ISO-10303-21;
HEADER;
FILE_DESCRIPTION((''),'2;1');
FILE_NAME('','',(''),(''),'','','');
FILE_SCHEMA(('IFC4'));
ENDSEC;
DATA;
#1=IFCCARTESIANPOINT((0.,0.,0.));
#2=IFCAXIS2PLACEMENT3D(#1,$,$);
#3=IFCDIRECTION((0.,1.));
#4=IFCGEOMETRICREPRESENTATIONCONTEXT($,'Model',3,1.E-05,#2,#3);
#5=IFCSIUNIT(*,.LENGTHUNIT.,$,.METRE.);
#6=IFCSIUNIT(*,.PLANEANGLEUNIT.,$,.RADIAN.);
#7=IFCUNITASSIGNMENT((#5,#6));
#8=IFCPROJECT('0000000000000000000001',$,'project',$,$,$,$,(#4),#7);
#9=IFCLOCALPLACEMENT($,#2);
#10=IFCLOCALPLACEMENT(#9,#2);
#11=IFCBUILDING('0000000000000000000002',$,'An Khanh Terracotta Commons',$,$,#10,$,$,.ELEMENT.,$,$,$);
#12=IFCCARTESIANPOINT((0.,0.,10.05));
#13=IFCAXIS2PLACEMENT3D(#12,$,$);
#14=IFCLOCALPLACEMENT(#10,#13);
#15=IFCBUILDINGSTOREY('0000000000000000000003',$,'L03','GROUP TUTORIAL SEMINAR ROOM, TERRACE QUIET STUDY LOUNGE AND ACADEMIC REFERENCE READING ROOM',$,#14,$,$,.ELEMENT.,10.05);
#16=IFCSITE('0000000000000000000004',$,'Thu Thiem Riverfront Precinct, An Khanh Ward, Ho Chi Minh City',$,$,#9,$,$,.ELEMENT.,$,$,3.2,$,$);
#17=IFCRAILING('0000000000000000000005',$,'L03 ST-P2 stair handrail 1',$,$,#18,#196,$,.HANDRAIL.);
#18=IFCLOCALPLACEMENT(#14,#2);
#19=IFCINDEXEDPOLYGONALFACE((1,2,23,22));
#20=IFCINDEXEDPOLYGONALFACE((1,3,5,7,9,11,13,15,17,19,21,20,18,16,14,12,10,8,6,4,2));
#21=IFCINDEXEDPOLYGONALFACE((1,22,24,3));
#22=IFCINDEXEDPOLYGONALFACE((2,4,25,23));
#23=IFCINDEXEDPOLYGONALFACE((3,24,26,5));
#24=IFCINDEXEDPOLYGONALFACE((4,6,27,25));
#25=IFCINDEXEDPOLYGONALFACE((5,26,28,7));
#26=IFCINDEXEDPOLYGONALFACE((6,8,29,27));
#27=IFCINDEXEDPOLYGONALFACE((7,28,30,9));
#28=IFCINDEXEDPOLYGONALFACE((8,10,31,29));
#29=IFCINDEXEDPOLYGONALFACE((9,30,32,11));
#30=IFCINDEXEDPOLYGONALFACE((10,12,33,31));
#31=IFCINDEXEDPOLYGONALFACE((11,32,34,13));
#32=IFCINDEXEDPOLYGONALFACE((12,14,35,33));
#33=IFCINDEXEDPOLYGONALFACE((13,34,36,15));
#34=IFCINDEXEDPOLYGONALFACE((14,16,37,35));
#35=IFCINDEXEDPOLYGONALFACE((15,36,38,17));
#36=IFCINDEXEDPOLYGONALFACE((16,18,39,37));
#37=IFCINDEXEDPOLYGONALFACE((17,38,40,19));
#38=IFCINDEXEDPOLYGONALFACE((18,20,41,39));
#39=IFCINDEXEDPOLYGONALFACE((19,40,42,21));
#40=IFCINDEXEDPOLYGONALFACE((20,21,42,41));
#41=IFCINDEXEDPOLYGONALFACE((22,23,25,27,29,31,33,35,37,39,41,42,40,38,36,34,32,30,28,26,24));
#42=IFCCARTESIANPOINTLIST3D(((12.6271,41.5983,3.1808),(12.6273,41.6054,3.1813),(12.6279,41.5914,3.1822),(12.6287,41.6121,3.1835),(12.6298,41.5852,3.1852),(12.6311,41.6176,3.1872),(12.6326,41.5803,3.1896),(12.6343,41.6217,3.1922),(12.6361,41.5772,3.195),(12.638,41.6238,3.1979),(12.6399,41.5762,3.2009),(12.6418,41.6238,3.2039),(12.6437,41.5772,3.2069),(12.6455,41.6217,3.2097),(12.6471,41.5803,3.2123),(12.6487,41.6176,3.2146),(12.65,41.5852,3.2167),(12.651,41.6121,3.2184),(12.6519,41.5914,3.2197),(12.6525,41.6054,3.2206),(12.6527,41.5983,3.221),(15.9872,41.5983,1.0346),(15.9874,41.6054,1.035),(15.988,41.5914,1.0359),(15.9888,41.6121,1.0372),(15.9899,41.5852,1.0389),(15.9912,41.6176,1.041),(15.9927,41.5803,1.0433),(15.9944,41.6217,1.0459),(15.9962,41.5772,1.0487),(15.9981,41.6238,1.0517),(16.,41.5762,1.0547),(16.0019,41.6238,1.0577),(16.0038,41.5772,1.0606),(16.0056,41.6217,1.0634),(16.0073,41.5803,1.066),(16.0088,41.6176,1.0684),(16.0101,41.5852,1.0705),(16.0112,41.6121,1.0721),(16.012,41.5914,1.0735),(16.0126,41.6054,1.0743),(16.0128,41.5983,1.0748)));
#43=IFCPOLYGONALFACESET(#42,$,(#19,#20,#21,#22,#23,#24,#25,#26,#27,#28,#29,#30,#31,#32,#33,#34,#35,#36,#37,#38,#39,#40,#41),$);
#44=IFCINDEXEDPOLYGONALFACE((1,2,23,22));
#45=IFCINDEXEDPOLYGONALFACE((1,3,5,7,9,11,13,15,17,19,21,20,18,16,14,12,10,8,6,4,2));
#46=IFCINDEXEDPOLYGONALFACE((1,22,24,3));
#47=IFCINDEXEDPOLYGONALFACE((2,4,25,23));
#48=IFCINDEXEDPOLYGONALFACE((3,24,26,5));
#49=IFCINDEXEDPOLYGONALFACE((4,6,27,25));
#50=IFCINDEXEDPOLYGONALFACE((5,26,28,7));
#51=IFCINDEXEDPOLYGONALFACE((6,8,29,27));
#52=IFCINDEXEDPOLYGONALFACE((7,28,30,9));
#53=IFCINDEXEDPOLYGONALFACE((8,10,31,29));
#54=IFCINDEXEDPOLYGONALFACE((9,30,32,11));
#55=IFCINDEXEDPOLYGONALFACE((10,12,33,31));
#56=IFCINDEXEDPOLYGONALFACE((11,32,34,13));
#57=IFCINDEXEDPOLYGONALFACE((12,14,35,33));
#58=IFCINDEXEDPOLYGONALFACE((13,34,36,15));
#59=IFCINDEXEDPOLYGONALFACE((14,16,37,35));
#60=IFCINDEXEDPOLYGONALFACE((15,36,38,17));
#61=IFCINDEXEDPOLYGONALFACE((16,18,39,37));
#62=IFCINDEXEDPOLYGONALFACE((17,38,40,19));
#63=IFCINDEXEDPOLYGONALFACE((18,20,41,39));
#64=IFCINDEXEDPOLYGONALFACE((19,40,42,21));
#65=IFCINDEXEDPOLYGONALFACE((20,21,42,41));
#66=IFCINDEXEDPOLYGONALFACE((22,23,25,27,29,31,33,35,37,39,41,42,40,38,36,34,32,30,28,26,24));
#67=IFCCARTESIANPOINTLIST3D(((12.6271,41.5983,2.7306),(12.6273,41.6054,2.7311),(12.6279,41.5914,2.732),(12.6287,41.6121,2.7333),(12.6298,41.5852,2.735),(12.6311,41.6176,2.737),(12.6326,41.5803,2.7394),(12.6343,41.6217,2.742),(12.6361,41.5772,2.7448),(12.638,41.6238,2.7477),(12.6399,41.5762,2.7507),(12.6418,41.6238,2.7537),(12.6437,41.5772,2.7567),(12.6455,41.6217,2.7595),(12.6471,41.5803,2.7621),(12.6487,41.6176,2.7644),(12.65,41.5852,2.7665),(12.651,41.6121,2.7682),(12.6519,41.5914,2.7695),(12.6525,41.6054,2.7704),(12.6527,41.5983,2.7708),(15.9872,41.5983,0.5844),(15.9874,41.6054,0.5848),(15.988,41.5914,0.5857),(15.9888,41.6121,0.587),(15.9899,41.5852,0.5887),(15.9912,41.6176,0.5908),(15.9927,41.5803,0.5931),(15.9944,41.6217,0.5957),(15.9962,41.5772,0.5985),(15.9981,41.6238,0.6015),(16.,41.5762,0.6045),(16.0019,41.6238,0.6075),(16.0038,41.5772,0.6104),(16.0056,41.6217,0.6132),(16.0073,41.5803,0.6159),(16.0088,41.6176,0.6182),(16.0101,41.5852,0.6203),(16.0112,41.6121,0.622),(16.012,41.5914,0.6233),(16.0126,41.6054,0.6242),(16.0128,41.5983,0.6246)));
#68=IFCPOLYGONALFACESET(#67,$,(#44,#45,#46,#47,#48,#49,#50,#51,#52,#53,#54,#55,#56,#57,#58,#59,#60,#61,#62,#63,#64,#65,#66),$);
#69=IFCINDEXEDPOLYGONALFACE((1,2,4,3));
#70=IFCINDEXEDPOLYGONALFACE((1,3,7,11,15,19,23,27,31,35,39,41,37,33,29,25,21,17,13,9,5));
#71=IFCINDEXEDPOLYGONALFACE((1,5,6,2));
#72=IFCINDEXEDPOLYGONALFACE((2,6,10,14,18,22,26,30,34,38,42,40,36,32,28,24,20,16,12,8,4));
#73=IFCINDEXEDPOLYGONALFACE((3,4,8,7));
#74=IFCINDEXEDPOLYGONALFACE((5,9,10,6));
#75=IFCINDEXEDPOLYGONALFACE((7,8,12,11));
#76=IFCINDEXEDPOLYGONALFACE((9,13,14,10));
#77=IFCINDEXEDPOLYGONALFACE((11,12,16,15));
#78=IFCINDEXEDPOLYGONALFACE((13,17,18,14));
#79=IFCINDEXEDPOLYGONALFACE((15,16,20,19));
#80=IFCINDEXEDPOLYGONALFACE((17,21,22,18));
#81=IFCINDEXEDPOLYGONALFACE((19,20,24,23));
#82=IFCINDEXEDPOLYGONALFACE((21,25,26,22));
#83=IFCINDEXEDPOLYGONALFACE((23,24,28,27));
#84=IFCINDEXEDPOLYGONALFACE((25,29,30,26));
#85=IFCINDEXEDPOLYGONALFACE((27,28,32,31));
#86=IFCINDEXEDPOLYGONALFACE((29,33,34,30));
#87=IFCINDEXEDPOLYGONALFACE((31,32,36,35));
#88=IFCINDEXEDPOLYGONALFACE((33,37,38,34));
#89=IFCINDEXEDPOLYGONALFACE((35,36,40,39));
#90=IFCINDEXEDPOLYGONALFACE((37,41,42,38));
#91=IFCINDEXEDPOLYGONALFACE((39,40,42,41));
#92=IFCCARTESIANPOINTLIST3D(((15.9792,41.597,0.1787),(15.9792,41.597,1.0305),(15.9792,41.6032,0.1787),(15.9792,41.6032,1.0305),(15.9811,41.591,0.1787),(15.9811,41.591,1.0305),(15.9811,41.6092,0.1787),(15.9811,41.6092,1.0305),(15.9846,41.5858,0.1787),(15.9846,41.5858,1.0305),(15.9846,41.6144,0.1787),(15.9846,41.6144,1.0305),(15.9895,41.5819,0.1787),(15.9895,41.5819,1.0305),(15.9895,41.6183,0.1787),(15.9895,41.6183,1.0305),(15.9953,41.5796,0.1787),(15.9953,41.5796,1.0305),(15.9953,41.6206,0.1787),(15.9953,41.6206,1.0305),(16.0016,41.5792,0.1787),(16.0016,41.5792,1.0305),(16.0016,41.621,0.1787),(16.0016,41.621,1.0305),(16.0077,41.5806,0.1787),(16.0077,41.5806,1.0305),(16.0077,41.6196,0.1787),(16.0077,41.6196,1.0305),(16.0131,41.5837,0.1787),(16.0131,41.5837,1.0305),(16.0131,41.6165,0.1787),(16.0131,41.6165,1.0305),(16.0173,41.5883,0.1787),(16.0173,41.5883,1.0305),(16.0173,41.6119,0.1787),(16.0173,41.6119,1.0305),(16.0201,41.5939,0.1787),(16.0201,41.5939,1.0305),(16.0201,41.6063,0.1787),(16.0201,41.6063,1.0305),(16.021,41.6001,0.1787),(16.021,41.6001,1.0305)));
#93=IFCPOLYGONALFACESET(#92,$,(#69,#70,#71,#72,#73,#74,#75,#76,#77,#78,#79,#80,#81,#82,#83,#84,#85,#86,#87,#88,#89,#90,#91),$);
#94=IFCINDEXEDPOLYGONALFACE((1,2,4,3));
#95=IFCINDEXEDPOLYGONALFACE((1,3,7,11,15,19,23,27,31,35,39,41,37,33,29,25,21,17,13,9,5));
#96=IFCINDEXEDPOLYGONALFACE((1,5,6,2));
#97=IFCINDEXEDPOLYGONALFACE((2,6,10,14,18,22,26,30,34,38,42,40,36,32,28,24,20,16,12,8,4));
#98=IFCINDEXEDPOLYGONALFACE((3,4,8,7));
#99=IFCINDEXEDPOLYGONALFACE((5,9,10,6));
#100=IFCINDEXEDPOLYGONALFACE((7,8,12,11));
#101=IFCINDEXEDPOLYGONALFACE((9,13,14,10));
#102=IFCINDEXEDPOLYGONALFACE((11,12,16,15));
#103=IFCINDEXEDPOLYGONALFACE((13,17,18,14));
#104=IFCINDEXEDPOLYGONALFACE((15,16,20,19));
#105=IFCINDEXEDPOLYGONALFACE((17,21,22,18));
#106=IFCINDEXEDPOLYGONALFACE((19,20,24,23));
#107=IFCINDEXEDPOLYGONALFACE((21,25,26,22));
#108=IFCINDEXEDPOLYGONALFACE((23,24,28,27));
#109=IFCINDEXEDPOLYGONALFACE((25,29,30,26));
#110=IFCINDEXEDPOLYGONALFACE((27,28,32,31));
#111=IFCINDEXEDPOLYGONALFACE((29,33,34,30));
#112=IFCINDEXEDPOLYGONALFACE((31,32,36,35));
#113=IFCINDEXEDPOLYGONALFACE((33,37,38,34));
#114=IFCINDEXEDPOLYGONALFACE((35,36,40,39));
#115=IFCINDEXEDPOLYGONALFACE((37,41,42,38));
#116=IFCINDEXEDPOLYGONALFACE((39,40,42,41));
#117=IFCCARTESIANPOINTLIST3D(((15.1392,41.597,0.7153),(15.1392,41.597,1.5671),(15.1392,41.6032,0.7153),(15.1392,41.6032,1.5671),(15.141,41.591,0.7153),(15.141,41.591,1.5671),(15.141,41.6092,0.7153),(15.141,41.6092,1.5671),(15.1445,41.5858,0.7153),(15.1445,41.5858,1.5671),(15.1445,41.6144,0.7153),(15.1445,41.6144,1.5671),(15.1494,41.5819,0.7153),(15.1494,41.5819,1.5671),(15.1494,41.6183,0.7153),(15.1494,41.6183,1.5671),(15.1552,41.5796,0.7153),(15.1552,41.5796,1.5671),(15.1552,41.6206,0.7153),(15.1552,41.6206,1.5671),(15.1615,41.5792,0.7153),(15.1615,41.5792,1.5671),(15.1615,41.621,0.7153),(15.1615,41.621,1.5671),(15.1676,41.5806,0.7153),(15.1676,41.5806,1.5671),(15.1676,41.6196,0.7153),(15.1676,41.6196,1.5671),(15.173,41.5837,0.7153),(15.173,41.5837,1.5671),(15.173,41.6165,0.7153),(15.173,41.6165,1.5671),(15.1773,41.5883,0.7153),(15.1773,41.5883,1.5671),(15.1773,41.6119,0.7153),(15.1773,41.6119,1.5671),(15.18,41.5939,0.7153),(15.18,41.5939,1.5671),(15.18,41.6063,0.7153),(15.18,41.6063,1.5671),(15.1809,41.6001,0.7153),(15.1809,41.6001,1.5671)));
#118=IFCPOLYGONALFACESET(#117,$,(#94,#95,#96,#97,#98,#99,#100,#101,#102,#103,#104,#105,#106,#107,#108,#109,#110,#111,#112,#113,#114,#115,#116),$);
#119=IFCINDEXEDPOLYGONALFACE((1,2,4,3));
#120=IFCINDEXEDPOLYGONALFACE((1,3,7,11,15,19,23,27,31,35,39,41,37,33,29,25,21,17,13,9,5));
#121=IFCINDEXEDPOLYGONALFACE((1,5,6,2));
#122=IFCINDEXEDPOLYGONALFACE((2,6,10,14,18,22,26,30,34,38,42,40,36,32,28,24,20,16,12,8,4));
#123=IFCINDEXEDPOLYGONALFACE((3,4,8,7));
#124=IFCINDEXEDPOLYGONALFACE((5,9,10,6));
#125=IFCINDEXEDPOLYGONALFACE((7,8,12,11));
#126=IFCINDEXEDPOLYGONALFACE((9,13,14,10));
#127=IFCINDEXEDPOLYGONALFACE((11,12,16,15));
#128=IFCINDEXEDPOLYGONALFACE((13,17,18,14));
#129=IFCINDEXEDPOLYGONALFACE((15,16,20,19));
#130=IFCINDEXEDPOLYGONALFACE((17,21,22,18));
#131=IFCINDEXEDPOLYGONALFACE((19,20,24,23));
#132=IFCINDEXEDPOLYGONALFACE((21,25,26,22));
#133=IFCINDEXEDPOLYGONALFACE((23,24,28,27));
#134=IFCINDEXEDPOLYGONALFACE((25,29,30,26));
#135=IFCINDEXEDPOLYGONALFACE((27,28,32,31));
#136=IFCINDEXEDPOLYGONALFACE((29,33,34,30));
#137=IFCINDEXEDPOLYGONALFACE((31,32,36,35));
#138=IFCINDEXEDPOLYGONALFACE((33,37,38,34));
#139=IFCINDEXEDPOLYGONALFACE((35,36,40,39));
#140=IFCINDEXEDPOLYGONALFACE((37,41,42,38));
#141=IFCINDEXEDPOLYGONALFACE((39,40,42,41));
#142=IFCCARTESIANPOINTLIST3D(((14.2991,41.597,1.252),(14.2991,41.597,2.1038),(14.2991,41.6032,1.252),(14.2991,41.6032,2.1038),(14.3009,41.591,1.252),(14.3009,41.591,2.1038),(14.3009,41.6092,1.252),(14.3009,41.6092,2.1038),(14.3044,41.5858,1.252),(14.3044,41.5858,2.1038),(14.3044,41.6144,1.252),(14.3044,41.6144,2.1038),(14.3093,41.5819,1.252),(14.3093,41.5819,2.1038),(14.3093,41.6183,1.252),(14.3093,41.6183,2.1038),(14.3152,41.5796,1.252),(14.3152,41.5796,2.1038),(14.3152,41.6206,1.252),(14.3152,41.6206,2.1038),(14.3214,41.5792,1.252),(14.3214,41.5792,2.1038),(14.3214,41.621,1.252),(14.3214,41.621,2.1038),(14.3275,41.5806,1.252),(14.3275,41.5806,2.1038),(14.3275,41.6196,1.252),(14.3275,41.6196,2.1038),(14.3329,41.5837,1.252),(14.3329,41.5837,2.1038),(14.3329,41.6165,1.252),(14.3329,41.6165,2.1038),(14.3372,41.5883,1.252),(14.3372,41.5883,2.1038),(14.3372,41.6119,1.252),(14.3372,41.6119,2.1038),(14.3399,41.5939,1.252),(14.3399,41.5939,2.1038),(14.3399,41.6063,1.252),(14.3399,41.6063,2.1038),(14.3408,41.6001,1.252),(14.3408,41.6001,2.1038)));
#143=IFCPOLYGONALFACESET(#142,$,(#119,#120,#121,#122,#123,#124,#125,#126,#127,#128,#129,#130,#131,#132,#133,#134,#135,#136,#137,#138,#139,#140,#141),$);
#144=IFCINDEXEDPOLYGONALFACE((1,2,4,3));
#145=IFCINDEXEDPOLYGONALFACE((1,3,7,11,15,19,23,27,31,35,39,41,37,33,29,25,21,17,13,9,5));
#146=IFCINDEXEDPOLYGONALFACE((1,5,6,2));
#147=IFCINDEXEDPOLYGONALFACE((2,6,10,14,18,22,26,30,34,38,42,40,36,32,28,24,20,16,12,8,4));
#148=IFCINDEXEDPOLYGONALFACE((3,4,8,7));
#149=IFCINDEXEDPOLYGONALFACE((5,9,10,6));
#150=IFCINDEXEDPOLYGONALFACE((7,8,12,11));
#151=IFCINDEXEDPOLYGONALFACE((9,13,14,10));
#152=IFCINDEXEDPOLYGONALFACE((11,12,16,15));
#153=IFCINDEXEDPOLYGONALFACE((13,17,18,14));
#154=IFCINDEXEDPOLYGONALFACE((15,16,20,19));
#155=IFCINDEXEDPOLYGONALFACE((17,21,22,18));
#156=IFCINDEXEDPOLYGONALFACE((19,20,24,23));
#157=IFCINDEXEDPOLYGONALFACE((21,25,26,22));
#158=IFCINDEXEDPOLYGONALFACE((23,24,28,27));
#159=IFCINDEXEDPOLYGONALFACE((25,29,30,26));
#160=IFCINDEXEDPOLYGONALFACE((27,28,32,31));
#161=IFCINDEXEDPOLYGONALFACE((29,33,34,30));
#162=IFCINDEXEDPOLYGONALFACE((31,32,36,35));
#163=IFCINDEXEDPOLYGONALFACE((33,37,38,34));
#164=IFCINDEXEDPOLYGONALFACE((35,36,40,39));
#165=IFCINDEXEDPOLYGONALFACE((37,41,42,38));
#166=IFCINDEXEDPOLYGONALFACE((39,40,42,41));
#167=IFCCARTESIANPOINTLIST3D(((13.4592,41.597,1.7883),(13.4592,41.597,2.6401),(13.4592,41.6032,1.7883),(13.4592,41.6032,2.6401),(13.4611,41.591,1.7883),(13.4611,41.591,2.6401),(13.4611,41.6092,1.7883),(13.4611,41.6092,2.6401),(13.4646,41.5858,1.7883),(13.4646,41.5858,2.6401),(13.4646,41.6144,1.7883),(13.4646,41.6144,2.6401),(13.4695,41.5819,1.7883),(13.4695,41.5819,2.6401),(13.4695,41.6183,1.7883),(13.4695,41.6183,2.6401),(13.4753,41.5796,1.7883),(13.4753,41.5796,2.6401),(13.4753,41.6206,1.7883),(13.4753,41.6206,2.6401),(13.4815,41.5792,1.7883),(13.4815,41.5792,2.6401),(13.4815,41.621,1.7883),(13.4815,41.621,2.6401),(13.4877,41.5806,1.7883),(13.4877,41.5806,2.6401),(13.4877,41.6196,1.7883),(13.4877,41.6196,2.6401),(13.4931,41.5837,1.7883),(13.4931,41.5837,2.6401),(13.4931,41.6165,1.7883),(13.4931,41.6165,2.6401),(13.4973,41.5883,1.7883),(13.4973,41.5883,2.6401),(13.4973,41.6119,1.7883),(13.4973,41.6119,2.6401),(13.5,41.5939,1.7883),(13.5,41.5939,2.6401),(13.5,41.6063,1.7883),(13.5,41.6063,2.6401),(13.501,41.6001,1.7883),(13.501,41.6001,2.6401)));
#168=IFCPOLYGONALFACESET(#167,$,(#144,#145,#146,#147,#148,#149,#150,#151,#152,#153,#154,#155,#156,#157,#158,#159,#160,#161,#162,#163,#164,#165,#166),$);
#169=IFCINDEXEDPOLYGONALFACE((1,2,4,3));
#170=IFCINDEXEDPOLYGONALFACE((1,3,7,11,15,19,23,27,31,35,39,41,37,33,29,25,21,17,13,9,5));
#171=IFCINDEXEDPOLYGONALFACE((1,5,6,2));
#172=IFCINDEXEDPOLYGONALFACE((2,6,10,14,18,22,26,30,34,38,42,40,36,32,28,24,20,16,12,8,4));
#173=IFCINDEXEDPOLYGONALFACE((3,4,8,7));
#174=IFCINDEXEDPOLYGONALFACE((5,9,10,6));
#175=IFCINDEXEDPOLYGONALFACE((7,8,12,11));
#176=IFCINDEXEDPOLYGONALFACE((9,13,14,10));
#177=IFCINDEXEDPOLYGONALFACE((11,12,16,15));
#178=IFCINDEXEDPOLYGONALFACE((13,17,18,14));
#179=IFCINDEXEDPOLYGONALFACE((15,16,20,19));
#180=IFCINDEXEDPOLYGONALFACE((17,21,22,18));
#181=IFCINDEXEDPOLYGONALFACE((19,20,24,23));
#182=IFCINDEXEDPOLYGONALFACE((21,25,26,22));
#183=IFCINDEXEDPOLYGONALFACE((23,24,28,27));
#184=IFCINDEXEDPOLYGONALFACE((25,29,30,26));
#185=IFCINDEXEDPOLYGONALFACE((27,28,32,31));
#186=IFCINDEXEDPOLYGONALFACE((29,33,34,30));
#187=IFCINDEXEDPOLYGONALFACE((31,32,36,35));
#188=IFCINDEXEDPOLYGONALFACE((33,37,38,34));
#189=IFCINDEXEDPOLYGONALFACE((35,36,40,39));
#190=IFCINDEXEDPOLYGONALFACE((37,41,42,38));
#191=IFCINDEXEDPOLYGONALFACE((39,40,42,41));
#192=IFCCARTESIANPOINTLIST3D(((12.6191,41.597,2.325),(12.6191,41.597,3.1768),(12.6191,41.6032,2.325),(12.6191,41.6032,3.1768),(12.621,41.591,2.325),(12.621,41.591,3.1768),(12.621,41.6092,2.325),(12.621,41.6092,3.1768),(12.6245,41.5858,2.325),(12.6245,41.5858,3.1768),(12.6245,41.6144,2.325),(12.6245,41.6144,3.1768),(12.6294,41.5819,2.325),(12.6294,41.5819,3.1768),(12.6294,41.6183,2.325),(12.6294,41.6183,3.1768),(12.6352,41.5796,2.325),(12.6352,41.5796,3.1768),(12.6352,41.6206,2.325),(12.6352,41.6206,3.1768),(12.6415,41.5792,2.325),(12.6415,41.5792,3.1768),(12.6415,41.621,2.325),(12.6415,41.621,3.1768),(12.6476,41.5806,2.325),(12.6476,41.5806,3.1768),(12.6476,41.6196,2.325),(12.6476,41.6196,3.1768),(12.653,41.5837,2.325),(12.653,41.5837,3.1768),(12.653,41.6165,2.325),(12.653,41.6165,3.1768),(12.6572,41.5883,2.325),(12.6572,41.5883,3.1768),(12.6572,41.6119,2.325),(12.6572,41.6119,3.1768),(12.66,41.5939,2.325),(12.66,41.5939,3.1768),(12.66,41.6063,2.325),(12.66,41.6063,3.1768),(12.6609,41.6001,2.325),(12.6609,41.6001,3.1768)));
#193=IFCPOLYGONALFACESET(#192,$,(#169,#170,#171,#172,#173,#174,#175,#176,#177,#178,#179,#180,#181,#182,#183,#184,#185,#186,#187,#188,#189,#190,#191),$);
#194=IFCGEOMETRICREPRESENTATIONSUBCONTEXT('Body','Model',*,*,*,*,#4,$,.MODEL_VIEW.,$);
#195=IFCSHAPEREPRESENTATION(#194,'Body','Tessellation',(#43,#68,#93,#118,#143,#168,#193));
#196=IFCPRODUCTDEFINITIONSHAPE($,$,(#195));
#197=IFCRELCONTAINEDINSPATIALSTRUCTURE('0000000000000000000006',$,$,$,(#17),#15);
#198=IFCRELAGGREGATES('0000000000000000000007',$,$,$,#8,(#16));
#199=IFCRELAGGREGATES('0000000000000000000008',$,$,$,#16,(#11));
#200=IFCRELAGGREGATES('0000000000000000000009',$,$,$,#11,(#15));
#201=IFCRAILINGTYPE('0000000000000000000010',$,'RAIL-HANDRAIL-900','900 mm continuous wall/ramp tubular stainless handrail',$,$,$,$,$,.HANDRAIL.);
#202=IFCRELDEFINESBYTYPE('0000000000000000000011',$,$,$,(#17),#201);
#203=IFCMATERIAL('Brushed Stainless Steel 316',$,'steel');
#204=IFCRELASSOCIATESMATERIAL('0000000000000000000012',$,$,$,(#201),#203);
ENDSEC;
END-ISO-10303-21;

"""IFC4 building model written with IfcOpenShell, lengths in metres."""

from ifc_helpers import new_model, si_unit, direction, frame, origin, origin_2d, place, context, subcontext, project, spatial, circle, extrude, material, type_object, element, save


model = new_model("IFC4")

# Units and contexts
model_context = context("Model", 3, precision=1e-05, world=origin(), true_north=direction((0.0, 1.0)))
body_context = subcontext(model_context, "Body", "Model", "MODEL_VIEW")
ifc_project = project(units=[si_unit("LENGTHUNIT", "METRE"), si_unit("PLANEANGLEUNIT", "RADIAN")], contexts=[model_context])

# Site, building, storey
site_placement = place(None, origin())
site = spatial("IfcSite", under=ifc_project, at=site_placement, Name="Thu Thiem Riverfront Precinct, An Khanh Ward, Ho Chi Minh City", CompositionType="ELEMENT", RefElevation=3.2)
building_placement = place(site_placement, origin())
building = spatial("IfcBuilding", under=site, at=building_placement, Name="An Khanh Terracotta Commons", CompositionType="ELEMENT")
storey_placement = place(building_placement, frame((0.0, 0.0, 10.05)))
storey = spatial("IfcBuildingStorey", under=building, at=storey_placement, Name="L03", Description="GROUP TUTORIAL SEMINAR ROOM, TERRACE QUIET STUDY LOUNGE AND ACADEMIC REFERENCE READING ROOM", CompositionType="ELEMENT", Elevation=10.05)

# Railing
ifc_material_1 = material(Name="Brushed Stainless Steel 316", Category="steel")
railing_type_1 = type_object("IfcRailingType", Name="RAIL-HANDRAIL-900", Description="900 mm continuous wall/ramp tubular stainless handrail", PredefinedType="HANDRAIL", material=ifc_material_1)
railing_1_placement = place(storey_placement, frame((16.0, 41.6001, 0.1787)))
element("IfcRailing", 1, at=railing_1_placement, inside=storey, type_object=railing_type_1, Name="L03 ST-P2 stair handrail 1", PredefinedType="HANDRAIL", context=body_context, shape_type="SweptSolid", body=[
    extrude(circle(Radius=0.0239, at=origin_2d()), frame((0.0, 0.0, 0.876), z_axis=(-0.842753, 0.0, 0.538301), x_axis=(0.0, -1.0, 0.0)), (0.0, 0.0, 1.0), 3.9871),
    extrude(circle(Radius=0.0239, at=origin_2d()), frame((0.0, 0.0, 0.4258), z_axis=(-0.842753, 0.0, 0.538301), x_axis=(0.0, -1.0, 0.0)), (0.0, 0.0, 1.0), 3.9871),
    extrude(circle(Radius=0.021, at=origin_2d()), origin(), (0.0, 0.0, 1.0), 0.8518),
    extrude(circle(Radius=0.021, at=origin_2d()), frame((-0.8401, 0.0, 0.5366)), (0.0, 0.0, 1.0), 0.8518),
    extrude(circle(Radius=0.021, at=origin_2d()), frame((-1.6802, 0.0, 1.0732)), (0.0, 0.0, 1.0), 0.8518),
    extrude(circle(Radius=0.021, at=origin_2d()), frame((-2.52, 0.0, 1.6096)), (0.0, 0.0, 1.0), 0.8518),
    extrude(circle(Radius=0.021, at=origin_2d()), frame((-3.3601, 0.0, 2.1462)), (0.0, 0.0, 1.0), 0.8518),
])

save(model, "model.ifc")
